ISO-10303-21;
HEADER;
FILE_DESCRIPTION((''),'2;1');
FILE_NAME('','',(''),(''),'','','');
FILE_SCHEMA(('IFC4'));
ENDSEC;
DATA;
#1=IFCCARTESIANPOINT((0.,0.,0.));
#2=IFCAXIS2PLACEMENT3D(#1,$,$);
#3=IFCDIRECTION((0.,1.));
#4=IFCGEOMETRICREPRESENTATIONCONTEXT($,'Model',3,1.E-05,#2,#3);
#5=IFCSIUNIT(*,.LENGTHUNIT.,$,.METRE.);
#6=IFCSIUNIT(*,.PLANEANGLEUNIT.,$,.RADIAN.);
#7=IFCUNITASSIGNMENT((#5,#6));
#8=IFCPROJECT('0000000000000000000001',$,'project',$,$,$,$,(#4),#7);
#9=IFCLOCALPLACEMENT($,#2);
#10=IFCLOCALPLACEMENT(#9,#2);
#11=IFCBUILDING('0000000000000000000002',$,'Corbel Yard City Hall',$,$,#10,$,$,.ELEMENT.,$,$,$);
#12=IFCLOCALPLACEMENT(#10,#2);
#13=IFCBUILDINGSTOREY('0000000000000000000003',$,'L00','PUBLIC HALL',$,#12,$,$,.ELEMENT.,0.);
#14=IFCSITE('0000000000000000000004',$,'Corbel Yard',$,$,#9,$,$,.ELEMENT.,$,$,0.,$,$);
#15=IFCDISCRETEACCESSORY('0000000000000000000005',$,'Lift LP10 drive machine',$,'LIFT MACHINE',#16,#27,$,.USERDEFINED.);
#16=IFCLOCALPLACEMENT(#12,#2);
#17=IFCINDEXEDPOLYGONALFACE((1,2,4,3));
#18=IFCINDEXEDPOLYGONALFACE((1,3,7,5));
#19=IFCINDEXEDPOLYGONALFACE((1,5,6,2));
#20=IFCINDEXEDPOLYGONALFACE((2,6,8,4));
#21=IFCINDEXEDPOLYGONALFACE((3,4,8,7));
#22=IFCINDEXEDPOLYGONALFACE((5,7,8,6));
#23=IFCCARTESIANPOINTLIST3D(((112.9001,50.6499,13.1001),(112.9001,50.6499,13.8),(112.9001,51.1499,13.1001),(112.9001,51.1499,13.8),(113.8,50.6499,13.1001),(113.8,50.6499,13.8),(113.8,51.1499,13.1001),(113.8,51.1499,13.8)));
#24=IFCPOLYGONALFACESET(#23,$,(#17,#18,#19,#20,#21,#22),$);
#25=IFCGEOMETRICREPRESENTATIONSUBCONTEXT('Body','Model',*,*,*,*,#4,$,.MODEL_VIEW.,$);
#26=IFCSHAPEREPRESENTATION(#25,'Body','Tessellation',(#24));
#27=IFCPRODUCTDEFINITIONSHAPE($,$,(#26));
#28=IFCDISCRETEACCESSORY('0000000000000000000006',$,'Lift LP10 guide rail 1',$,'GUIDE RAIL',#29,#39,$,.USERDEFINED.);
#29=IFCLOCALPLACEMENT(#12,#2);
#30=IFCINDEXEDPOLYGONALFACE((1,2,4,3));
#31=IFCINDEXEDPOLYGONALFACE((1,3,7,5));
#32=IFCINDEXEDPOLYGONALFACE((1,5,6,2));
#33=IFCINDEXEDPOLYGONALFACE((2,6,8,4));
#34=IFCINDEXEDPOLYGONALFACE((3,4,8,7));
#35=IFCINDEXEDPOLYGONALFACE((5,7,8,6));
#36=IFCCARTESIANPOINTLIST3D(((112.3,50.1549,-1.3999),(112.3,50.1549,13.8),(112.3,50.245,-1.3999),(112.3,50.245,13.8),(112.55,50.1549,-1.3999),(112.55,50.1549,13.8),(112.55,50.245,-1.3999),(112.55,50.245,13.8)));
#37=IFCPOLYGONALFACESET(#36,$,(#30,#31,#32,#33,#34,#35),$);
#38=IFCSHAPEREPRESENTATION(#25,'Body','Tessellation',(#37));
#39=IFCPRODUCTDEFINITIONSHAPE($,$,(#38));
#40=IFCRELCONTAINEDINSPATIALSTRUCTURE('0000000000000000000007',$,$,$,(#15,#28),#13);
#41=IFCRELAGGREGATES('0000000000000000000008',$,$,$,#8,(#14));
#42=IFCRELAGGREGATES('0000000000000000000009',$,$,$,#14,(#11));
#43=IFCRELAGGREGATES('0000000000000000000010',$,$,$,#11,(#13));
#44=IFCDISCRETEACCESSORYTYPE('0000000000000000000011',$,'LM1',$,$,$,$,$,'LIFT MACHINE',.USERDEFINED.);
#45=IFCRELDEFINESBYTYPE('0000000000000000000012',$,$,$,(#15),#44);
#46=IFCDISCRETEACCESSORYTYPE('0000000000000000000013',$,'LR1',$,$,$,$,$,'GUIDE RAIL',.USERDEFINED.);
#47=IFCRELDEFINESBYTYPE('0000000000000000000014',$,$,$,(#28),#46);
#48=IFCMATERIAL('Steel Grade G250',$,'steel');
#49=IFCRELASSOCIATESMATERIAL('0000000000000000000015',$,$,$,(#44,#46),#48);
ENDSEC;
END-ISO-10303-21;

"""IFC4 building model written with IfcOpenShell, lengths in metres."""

from ifc_helpers import new_model, si_unit, direction, frame, origin, origin_2d, place, context, subcontext, project, spatial, rectangle, extrude, material, type_object, element, save


model = new_model("IFC4")

# Units and contexts
model_context = context("Model", 3, precision=1e-05, world=origin(), true_north=direction((0.0, 1.0)))
body_context = subcontext(model_context, "Body", "Model", "MODEL_VIEW")
ifc_project = project(units=[si_unit("LENGTHUNIT", "METRE"), si_unit("PLANEANGLEUNIT", "RADIAN")], contexts=[model_context])

# Site, building, storey
site_placement = place(None, origin())
site = spatial("IfcSite", under=ifc_project, at=site_placement, Name="Corbel Yard", CompositionType="ELEMENT", RefElevation=0.0)
building_placement = place(site_placement, origin())
building = spatial("IfcBuilding", under=site, at=building_placement, Name="Corbel Yard City Hall", CompositionType="ELEMENT")
storey_placement = place(building_placement, origin())
storey = spatial("IfcBuildingStorey", under=building, at=storey_placement, Name="L00", Description="PUBLIC HALL", CompositionType="ELEMENT", Elevation=0.0)

# Shared definitions
ifc_material_1 = material(Name="Steel Grade G250", Category="steel")

# Discrete accessories
discrete_accessory_type_1 = type_object("IfcDiscreteAccessoryType", Name="LM1", ElementType="LIFT MACHINE", PredefinedType="USERDEFINED", material=ifc_material_1)
discrete_accessory_1_placement = place(storey_placement, frame((113.3501, 50.8999, 13.1001), z_axis=(0.0, 0.0, 1.0), x_axis=(1.0, 0.0, 0.0)))
element("IfcDiscreteAccessory", 1, at=discrete_accessory_1_placement, inside=storey, type_object=discrete_accessory_type_1, Name="Lift LP10 drive machine", ObjectType="LIFT MACHINE", PredefinedType="USERDEFINED", context=body_context, shape_type="SweptSolid", body=[
    extrude(rectangle(XDim=0.8999, YDim=0.5, at=origin_2d()), origin(), (0.0, 0.0, 1.0), 0.7),
])
discrete_accessory_type_2 = type_object("IfcDiscreteAccessoryType", Name="LR1", ElementType="GUIDE RAIL", PredefinedType="USERDEFINED", material=ifc_material_1)
discrete_accessory_2_placement = place(storey_placement, frame((112.425, 50.2, -1.3999), z_axis=(0.0, 0.0, 1.0), x_axis=(1.0, 0.0, 0.0)))
element("IfcDiscreteAccessory", 2, at=discrete_accessory_2_placement, inside=storey, type_object=discrete_accessory_type_2, Name="Lift LP10 guide rail 1", ObjectType="GUIDE RAIL", PredefinedType="USERDEFINED", context=body_context, shape_type="SweptSolid", body=[
    extrude(rectangle(XDim=0.25, YDim=0.0901, at=origin_2d()), origin(), (0.0, 0.0, 1.0), 15.2),
])

save(model, "model.ifc")
